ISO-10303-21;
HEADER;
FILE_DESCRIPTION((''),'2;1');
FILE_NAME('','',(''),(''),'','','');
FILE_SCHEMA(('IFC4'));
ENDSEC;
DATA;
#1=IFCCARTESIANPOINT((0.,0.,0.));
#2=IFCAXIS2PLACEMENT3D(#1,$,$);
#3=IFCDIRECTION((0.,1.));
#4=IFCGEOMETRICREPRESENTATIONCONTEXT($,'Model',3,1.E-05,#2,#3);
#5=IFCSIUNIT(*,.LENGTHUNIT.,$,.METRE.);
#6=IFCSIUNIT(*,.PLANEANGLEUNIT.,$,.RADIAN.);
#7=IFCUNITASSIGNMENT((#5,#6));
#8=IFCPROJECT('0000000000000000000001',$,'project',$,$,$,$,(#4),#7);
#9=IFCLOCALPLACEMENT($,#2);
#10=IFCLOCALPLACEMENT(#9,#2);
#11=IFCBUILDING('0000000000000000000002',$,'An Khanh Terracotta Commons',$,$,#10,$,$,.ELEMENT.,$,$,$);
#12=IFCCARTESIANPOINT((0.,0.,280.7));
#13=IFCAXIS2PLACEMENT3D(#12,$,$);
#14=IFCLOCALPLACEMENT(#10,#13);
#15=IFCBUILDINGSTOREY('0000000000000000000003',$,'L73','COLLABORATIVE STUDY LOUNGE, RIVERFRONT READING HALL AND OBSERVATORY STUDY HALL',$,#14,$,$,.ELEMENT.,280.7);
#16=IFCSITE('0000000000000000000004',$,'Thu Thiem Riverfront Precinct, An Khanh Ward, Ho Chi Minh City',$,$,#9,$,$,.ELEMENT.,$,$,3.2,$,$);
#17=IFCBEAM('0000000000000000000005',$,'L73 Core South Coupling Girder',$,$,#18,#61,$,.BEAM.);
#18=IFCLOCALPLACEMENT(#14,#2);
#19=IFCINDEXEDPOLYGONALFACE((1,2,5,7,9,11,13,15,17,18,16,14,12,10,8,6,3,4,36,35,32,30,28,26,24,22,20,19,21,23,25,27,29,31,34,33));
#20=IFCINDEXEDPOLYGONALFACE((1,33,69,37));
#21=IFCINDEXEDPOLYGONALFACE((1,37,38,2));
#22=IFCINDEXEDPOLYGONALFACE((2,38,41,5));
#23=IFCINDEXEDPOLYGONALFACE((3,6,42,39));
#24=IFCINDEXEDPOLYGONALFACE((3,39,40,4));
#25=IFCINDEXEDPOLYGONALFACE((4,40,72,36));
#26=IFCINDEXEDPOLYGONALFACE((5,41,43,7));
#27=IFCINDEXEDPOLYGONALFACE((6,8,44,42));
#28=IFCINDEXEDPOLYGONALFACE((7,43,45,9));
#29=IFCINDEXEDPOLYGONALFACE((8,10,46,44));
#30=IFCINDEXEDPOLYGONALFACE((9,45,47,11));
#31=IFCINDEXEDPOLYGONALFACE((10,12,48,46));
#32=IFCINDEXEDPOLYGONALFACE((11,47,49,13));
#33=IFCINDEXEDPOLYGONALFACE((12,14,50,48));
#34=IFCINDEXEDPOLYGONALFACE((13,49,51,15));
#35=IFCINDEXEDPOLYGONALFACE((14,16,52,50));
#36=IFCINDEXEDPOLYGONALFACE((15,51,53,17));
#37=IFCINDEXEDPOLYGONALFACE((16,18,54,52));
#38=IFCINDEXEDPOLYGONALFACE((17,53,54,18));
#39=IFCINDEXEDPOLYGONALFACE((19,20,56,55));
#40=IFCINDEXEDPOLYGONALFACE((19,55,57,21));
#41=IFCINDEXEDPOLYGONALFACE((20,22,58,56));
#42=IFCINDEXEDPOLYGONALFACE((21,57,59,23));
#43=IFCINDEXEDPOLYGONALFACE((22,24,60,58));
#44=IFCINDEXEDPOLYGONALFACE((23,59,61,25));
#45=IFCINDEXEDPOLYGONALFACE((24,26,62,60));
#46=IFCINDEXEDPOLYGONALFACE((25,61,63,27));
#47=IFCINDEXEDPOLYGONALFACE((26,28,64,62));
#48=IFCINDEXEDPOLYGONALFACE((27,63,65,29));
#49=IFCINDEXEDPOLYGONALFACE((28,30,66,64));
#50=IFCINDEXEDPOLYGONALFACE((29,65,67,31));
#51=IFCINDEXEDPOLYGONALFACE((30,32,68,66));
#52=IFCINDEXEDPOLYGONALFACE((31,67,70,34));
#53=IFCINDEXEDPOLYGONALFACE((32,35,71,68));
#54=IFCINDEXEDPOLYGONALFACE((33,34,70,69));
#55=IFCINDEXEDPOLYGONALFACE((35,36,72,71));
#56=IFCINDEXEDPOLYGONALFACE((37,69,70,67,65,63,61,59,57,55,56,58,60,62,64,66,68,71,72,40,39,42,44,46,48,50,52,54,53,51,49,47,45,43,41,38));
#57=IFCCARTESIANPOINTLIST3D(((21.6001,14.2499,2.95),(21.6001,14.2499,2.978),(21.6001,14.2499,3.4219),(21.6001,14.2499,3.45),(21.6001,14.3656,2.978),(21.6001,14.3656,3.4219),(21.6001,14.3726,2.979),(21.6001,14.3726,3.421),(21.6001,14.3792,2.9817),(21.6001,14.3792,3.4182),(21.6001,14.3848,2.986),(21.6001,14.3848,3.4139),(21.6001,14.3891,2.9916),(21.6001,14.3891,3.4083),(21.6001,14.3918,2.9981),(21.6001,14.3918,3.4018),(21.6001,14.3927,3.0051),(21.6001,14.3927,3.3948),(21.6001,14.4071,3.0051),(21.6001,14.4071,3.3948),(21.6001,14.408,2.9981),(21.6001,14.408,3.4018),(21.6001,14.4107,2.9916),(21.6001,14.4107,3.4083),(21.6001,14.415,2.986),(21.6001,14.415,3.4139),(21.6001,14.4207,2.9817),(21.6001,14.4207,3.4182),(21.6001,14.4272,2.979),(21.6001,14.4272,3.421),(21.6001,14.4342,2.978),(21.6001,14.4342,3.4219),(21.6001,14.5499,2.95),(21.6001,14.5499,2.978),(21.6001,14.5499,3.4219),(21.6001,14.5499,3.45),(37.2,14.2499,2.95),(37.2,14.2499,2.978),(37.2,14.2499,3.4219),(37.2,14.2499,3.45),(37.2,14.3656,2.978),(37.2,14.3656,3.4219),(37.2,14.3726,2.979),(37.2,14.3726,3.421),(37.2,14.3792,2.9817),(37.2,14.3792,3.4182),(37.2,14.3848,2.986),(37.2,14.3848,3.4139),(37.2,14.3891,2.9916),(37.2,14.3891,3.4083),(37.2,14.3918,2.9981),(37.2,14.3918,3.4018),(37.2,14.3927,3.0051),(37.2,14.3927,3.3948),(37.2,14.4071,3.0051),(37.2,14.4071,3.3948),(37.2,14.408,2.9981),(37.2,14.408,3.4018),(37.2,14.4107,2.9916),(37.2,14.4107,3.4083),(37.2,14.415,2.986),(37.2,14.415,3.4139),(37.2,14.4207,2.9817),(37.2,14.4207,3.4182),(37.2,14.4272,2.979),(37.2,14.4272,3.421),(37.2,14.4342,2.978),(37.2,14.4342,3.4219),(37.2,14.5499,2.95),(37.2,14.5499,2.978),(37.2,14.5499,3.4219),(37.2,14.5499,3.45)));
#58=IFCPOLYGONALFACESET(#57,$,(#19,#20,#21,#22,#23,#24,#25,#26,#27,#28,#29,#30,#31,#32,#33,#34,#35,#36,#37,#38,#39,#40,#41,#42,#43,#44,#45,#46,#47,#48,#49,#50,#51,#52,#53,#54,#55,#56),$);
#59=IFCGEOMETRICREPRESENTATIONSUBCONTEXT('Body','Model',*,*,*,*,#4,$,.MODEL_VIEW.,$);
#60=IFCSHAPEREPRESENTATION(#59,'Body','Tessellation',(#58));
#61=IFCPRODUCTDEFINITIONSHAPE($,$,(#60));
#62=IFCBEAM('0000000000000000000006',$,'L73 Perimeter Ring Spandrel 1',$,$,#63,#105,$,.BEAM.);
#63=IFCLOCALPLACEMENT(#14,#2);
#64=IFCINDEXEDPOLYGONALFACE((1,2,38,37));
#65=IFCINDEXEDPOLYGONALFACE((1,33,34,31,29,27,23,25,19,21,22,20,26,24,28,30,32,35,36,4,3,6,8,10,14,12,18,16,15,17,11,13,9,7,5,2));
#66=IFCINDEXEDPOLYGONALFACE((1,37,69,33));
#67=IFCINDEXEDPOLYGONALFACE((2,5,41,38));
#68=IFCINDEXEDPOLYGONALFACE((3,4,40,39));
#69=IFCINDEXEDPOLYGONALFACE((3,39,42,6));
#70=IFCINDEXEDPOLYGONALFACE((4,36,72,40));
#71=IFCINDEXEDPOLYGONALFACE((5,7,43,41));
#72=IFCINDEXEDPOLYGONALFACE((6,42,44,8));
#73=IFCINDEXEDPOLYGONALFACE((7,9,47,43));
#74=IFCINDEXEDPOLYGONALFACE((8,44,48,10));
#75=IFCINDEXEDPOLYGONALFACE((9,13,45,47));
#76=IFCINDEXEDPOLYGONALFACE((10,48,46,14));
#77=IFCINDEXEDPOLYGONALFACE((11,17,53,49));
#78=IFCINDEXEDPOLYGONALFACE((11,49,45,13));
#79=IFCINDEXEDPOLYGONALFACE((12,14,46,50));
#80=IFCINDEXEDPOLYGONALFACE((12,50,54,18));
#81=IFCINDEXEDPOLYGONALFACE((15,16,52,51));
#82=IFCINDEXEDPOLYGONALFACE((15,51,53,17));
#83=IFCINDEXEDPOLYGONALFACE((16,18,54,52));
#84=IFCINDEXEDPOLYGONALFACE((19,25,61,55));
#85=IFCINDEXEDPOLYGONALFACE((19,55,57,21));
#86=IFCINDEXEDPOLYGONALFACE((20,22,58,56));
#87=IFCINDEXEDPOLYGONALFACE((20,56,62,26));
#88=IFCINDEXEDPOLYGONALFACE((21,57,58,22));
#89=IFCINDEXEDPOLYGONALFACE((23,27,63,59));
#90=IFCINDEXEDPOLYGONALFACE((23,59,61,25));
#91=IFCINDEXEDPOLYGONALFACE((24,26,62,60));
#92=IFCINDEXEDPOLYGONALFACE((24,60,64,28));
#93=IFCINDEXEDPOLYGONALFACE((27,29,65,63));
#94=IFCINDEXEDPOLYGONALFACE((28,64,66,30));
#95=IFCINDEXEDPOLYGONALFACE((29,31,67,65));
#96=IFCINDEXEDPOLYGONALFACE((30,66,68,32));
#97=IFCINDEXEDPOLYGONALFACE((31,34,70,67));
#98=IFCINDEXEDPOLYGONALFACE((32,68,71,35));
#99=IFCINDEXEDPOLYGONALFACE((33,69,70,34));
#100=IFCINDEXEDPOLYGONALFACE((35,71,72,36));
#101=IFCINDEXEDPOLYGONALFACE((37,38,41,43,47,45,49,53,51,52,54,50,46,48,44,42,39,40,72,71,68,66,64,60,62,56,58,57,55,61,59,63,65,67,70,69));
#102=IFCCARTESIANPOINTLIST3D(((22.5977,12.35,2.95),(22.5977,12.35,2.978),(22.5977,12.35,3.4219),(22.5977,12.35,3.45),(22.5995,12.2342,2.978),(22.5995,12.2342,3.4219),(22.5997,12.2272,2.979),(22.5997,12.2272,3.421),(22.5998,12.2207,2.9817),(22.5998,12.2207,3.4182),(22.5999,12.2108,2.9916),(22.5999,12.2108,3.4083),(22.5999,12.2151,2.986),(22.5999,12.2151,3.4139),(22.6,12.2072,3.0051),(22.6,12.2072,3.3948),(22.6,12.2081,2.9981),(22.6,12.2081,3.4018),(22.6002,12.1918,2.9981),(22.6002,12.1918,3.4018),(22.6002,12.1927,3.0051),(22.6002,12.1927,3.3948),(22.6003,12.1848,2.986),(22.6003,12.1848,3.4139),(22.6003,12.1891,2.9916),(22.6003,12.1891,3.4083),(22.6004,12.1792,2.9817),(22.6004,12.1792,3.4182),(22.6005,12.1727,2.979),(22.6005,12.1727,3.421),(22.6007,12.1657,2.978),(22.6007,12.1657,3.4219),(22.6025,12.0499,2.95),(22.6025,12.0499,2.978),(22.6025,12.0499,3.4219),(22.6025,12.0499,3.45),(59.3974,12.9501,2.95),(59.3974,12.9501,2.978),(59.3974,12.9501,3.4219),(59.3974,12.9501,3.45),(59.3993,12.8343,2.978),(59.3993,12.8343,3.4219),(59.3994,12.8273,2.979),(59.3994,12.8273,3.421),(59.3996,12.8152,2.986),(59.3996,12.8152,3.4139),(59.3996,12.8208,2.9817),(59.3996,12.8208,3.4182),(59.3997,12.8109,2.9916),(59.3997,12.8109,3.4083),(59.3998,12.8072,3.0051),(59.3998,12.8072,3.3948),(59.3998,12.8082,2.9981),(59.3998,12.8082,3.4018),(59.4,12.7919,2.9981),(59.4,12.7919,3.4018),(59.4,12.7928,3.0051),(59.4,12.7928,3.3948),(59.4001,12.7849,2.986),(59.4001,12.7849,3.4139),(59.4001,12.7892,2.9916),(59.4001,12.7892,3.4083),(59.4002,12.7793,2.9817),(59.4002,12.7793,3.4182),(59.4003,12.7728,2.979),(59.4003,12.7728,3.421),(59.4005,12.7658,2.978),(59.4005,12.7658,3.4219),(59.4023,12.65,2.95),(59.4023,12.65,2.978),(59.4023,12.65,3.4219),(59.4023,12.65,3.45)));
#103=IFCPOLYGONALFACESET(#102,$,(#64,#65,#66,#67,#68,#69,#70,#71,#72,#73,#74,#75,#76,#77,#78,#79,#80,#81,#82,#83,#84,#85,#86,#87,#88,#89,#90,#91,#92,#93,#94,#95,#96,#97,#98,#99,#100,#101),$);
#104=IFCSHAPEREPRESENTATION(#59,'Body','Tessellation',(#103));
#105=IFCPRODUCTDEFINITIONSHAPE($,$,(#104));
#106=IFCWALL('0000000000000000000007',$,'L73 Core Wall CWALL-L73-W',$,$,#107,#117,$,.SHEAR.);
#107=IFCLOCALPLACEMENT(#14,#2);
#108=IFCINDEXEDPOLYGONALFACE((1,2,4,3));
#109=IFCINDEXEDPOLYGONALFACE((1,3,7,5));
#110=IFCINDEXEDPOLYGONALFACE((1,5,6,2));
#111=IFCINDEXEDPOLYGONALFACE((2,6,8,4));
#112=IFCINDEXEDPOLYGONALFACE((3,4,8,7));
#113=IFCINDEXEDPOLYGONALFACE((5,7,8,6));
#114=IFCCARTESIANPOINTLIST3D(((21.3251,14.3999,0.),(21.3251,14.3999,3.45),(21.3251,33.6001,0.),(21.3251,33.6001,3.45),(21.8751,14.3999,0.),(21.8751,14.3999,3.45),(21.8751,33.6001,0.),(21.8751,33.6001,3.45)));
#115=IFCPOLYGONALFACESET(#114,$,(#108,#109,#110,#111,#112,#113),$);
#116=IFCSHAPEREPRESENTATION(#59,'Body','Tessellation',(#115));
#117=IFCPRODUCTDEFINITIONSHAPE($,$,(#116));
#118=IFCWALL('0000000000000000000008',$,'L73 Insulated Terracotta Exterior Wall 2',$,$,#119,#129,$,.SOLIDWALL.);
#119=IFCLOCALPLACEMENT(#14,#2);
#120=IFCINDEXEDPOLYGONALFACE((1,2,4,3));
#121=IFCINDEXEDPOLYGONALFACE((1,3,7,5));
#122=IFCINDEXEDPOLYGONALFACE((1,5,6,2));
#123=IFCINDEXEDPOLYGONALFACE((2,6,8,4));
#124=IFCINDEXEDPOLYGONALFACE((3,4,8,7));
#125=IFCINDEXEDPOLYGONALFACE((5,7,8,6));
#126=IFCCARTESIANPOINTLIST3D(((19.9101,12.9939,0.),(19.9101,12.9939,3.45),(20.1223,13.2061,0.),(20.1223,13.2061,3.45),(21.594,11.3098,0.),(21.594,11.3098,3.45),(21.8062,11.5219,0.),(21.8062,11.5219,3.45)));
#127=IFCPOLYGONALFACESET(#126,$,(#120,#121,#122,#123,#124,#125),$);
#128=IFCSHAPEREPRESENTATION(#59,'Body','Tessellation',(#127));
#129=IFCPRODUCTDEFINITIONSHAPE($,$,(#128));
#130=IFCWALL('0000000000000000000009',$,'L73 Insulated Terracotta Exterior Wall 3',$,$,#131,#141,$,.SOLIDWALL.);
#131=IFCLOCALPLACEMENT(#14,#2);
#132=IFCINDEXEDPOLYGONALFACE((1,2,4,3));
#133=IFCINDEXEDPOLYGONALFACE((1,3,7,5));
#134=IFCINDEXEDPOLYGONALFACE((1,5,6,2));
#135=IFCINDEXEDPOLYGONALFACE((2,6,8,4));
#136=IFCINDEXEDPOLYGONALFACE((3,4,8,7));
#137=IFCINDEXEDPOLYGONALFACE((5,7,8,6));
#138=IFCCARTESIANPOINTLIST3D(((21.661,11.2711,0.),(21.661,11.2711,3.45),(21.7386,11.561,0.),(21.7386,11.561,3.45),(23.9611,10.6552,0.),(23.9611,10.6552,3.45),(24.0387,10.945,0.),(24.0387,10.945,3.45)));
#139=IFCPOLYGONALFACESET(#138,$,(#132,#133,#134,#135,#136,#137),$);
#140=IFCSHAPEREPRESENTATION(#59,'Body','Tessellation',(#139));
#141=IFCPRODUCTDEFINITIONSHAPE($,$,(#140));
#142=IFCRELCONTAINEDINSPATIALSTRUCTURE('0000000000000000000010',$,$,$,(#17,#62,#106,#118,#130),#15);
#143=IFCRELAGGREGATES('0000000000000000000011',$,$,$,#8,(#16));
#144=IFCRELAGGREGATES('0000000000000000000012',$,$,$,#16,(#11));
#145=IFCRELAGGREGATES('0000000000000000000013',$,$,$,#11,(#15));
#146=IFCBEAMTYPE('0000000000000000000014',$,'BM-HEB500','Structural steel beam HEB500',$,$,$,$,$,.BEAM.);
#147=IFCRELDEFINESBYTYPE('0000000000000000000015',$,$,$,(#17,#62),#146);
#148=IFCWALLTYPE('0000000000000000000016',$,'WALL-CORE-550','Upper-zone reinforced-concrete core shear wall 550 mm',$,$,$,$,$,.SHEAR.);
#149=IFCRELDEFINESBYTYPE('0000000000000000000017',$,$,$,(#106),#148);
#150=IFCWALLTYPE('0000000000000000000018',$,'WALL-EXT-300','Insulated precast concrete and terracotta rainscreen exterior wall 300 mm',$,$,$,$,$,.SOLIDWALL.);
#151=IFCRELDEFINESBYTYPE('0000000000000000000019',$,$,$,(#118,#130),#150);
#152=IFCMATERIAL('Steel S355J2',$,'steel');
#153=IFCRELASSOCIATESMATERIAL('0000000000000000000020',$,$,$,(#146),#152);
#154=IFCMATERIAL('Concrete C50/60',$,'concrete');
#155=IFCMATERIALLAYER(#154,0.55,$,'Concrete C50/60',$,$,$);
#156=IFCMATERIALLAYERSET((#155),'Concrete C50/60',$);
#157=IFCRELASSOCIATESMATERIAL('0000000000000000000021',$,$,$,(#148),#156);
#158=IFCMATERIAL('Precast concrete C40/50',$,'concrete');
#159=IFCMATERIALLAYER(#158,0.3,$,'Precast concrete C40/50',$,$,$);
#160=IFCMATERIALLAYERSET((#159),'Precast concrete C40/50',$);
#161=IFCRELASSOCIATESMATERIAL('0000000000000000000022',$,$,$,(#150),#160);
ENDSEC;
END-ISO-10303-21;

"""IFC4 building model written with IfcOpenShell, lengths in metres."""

from ifc_helpers import new_model, si_unit, direction, frame, frame_2d, origin, origin_2d, place, context, subcontext, project, spatial, rectangle, i_section, extrude, material, layer, layer_set, material_profile, profile_set, type_object, element, save


model = new_model("IFC4")

# Units and contexts
model_context = context("Model", 3, precision=1e-05, world=origin(), true_north=direction((0.0, 1.0)))
body_context = subcontext(model_context, "Body", "Model", "MODEL_VIEW")
ifc_project = project(units=[si_unit("LENGTHUNIT", "METRE"), si_unit("PLANEANGLEUNIT", "RADIAN")], contexts=[model_context])

# Site, building, storey
site_placement = place(None, origin())
site = spatial("IfcSite", under=ifc_project, at=site_placement, Name="Thu Thiem Riverfront Precinct, An Khanh Ward, Ho Chi Minh City", CompositionType="ELEMENT", RefElevation=3.2)
building_placement = place(site_placement, origin())
building = spatial("IfcBuilding", under=site, at=building_placement, Name="An Khanh Terracotta Commons", CompositionType="ELEMENT")
storey_placement = place(building_placement, frame((0.0, 0.0, 280.7)))
storey = spatial("IfcBuildingStorey", under=building, at=storey_placement, Name="L73", Description="COLLABORATIVE STUDY LOUNGE, RIVERFRONT READING HALL AND OBSERVATORY STUDY HALL", CompositionType="ELEMENT", Elevation=280.7)

# Shared definitions
ifc_material_1 = material(Name="Concrete C50/60", Category="concrete")

# Beams
ifc_material_2 = material(Name="Steel S355J2", Category="steel")
ifc_material_profile_1 = material_profile(ifc_material_2, i_section(OverallWidth=0.3, OverallDepth=0.5, WebThickness=0.0144, FlangeThickness=0.0281, FilletRadius=0.0271, at=origin_2d()), Name="HEB500")
ifc_profile_set_1 = profile_set([ifc_material_profile_1], Name="Steel S355J2")
beam_type_1 = type_object("IfcBeamType", Name="BM-HEB500", Description="Structural steel beam HEB500", PredefinedType="BEAM", material=ifc_profile_set_1)
beam_1_placement = place(storey_placement, frame((21.6001, 14.3999, 3.2), z_axis=(1.0, 0.0, 0.0), x_axis=(0.0, 1.0, 0.0)))
element("IfcBeam", 1, at=beam_1_placement, inside=storey, type_object=beam_type_1, Name="L73 Core South Coupling Girder", PredefinedType="BEAM", context=body_context, shape_type="SweptSolid", body=[
    extrude(i_section(OverallWidth=0.3, OverallDepth=0.5, WebThickness=0.0144, FlangeThickness=0.0281, FilletRadius=0.0271, at=origin_2d()), origin(), (0.0, 0.0, 1.0), 15.5999),
])
beam_2_placement = place(storey_placement, frame((22.6001, 12.2, 3.2), z_axis=(0.999867, 0.016305, 0.0), x_axis=(-0.016305, 0.999867, 0.0)))
element("IfcBeam", 2, at=beam_2_placement, inside=storey, type_object=beam_type_1, Name="L73 Perimeter Ring Spandrel 1", PredefinedType="BEAM", context=body_context, shape_type="SweptSolid", body=[
    extrude(i_section(OverallWidth=0.3, OverallDepth=0.5, WebThickness=0.0144, FlangeThickness=0.0281, FilletRadius=0.0271, at=origin_2d()), origin(), (0.0, 0.0, 1.0), 36.8047),
])

# Walls
ifc_layer_1 = layer(ifc_material_1, 0.55, Name="Concrete C50/60")
ifc_layer_set_1 = layer_set([ifc_layer_1], Name="Concrete C50/60")
wall_type_1 = type_object("IfcWallType", Name="WALL-CORE-550", Description="Upper-zone reinforced-concrete core shear wall 550 mm", PredefinedType="SHEAR", material=ifc_layer_set_1)
wall_1_placement = place(storey_placement, frame((21.6001, 14.3999, 0.0), z_axis=(0.0, 0.0, 1.0), x_axis=(0.0, 1.0, 0.0)))
element("IfcWall", 3, at=wall_1_placement, inside=storey, type_object=wall_type_1, Name="L73 Core Wall CWALL-L73-W", PredefinedType="SHEAR", context=body_context, shape_type="SweptSolid", body=[
    extrude(rectangle(XDim=19.2002, YDim=0.55, at=frame_2d((9.6001, 0.0))), origin(), (0.0, 0.0, 1.0), 3.45),
])
ifc_material_3 = material(Name="Precast concrete C40/50", Category="concrete")
ifc_layer_2 = layer(ifc_material_3, 0.3, Name="Precast concrete C40/50")
ifc_layer_set_2 = layer_set([ifc_layer_2], Name="Precast concrete C40/50")
wall_type_2 = type_object("IfcWallType", Name="WALL-EXT-300", Description="Insulated precast concrete and terracotta rainscreen exterior wall 300 mm", PredefinedType="SOLIDWALL", material=ifc_layer_set_2)
wall_2_placement = place(storey_placement, frame((20.0161, 13.1001, 0.0), z_axis=(0.0, 0.0, 1.0), x_axis=(0.707056, -0.707158, 0.0)))
element("IfcWall", 4, at=wall_2_placement, inside=storey, type_object=wall_type_2, Name="L73 Insulated Terracotta Exterior Wall 2", PredefinedType="SOLIDWALL", context=body_context, shape_type="SweptSolid", body=[
    extrude(rectangle(XDim=2.3816, YDim=0.3, at=frame_2d((1.1909, 0.0))), origin(), (0.0, 0.0, 1.0), 3.45),
])
wall_3_placement = place(storey_placement, frame((21.7, 11.416, 0.0), z_axis=(0.0, 0.0, 1.0), x_axis=(0.96596, -0.25869, 0.0)))
element("IfcWall", 5, at=wall_3_placement, inside=storey, type_object=wall_type_2, Name="L73 Insulated Terracotta Exterior Wall 3", PredefinedType="SOLIDWALL", context=body_context, shape_type="SweptSolid", body=[
    extrude(rectangle(XDim=2.3811, YDim=0.3, at=frame_2d((1.1904, 0.0))), origin(), (0.0, 0.0, 1.0), 3.45),
])

save(model, "model.ifc")
